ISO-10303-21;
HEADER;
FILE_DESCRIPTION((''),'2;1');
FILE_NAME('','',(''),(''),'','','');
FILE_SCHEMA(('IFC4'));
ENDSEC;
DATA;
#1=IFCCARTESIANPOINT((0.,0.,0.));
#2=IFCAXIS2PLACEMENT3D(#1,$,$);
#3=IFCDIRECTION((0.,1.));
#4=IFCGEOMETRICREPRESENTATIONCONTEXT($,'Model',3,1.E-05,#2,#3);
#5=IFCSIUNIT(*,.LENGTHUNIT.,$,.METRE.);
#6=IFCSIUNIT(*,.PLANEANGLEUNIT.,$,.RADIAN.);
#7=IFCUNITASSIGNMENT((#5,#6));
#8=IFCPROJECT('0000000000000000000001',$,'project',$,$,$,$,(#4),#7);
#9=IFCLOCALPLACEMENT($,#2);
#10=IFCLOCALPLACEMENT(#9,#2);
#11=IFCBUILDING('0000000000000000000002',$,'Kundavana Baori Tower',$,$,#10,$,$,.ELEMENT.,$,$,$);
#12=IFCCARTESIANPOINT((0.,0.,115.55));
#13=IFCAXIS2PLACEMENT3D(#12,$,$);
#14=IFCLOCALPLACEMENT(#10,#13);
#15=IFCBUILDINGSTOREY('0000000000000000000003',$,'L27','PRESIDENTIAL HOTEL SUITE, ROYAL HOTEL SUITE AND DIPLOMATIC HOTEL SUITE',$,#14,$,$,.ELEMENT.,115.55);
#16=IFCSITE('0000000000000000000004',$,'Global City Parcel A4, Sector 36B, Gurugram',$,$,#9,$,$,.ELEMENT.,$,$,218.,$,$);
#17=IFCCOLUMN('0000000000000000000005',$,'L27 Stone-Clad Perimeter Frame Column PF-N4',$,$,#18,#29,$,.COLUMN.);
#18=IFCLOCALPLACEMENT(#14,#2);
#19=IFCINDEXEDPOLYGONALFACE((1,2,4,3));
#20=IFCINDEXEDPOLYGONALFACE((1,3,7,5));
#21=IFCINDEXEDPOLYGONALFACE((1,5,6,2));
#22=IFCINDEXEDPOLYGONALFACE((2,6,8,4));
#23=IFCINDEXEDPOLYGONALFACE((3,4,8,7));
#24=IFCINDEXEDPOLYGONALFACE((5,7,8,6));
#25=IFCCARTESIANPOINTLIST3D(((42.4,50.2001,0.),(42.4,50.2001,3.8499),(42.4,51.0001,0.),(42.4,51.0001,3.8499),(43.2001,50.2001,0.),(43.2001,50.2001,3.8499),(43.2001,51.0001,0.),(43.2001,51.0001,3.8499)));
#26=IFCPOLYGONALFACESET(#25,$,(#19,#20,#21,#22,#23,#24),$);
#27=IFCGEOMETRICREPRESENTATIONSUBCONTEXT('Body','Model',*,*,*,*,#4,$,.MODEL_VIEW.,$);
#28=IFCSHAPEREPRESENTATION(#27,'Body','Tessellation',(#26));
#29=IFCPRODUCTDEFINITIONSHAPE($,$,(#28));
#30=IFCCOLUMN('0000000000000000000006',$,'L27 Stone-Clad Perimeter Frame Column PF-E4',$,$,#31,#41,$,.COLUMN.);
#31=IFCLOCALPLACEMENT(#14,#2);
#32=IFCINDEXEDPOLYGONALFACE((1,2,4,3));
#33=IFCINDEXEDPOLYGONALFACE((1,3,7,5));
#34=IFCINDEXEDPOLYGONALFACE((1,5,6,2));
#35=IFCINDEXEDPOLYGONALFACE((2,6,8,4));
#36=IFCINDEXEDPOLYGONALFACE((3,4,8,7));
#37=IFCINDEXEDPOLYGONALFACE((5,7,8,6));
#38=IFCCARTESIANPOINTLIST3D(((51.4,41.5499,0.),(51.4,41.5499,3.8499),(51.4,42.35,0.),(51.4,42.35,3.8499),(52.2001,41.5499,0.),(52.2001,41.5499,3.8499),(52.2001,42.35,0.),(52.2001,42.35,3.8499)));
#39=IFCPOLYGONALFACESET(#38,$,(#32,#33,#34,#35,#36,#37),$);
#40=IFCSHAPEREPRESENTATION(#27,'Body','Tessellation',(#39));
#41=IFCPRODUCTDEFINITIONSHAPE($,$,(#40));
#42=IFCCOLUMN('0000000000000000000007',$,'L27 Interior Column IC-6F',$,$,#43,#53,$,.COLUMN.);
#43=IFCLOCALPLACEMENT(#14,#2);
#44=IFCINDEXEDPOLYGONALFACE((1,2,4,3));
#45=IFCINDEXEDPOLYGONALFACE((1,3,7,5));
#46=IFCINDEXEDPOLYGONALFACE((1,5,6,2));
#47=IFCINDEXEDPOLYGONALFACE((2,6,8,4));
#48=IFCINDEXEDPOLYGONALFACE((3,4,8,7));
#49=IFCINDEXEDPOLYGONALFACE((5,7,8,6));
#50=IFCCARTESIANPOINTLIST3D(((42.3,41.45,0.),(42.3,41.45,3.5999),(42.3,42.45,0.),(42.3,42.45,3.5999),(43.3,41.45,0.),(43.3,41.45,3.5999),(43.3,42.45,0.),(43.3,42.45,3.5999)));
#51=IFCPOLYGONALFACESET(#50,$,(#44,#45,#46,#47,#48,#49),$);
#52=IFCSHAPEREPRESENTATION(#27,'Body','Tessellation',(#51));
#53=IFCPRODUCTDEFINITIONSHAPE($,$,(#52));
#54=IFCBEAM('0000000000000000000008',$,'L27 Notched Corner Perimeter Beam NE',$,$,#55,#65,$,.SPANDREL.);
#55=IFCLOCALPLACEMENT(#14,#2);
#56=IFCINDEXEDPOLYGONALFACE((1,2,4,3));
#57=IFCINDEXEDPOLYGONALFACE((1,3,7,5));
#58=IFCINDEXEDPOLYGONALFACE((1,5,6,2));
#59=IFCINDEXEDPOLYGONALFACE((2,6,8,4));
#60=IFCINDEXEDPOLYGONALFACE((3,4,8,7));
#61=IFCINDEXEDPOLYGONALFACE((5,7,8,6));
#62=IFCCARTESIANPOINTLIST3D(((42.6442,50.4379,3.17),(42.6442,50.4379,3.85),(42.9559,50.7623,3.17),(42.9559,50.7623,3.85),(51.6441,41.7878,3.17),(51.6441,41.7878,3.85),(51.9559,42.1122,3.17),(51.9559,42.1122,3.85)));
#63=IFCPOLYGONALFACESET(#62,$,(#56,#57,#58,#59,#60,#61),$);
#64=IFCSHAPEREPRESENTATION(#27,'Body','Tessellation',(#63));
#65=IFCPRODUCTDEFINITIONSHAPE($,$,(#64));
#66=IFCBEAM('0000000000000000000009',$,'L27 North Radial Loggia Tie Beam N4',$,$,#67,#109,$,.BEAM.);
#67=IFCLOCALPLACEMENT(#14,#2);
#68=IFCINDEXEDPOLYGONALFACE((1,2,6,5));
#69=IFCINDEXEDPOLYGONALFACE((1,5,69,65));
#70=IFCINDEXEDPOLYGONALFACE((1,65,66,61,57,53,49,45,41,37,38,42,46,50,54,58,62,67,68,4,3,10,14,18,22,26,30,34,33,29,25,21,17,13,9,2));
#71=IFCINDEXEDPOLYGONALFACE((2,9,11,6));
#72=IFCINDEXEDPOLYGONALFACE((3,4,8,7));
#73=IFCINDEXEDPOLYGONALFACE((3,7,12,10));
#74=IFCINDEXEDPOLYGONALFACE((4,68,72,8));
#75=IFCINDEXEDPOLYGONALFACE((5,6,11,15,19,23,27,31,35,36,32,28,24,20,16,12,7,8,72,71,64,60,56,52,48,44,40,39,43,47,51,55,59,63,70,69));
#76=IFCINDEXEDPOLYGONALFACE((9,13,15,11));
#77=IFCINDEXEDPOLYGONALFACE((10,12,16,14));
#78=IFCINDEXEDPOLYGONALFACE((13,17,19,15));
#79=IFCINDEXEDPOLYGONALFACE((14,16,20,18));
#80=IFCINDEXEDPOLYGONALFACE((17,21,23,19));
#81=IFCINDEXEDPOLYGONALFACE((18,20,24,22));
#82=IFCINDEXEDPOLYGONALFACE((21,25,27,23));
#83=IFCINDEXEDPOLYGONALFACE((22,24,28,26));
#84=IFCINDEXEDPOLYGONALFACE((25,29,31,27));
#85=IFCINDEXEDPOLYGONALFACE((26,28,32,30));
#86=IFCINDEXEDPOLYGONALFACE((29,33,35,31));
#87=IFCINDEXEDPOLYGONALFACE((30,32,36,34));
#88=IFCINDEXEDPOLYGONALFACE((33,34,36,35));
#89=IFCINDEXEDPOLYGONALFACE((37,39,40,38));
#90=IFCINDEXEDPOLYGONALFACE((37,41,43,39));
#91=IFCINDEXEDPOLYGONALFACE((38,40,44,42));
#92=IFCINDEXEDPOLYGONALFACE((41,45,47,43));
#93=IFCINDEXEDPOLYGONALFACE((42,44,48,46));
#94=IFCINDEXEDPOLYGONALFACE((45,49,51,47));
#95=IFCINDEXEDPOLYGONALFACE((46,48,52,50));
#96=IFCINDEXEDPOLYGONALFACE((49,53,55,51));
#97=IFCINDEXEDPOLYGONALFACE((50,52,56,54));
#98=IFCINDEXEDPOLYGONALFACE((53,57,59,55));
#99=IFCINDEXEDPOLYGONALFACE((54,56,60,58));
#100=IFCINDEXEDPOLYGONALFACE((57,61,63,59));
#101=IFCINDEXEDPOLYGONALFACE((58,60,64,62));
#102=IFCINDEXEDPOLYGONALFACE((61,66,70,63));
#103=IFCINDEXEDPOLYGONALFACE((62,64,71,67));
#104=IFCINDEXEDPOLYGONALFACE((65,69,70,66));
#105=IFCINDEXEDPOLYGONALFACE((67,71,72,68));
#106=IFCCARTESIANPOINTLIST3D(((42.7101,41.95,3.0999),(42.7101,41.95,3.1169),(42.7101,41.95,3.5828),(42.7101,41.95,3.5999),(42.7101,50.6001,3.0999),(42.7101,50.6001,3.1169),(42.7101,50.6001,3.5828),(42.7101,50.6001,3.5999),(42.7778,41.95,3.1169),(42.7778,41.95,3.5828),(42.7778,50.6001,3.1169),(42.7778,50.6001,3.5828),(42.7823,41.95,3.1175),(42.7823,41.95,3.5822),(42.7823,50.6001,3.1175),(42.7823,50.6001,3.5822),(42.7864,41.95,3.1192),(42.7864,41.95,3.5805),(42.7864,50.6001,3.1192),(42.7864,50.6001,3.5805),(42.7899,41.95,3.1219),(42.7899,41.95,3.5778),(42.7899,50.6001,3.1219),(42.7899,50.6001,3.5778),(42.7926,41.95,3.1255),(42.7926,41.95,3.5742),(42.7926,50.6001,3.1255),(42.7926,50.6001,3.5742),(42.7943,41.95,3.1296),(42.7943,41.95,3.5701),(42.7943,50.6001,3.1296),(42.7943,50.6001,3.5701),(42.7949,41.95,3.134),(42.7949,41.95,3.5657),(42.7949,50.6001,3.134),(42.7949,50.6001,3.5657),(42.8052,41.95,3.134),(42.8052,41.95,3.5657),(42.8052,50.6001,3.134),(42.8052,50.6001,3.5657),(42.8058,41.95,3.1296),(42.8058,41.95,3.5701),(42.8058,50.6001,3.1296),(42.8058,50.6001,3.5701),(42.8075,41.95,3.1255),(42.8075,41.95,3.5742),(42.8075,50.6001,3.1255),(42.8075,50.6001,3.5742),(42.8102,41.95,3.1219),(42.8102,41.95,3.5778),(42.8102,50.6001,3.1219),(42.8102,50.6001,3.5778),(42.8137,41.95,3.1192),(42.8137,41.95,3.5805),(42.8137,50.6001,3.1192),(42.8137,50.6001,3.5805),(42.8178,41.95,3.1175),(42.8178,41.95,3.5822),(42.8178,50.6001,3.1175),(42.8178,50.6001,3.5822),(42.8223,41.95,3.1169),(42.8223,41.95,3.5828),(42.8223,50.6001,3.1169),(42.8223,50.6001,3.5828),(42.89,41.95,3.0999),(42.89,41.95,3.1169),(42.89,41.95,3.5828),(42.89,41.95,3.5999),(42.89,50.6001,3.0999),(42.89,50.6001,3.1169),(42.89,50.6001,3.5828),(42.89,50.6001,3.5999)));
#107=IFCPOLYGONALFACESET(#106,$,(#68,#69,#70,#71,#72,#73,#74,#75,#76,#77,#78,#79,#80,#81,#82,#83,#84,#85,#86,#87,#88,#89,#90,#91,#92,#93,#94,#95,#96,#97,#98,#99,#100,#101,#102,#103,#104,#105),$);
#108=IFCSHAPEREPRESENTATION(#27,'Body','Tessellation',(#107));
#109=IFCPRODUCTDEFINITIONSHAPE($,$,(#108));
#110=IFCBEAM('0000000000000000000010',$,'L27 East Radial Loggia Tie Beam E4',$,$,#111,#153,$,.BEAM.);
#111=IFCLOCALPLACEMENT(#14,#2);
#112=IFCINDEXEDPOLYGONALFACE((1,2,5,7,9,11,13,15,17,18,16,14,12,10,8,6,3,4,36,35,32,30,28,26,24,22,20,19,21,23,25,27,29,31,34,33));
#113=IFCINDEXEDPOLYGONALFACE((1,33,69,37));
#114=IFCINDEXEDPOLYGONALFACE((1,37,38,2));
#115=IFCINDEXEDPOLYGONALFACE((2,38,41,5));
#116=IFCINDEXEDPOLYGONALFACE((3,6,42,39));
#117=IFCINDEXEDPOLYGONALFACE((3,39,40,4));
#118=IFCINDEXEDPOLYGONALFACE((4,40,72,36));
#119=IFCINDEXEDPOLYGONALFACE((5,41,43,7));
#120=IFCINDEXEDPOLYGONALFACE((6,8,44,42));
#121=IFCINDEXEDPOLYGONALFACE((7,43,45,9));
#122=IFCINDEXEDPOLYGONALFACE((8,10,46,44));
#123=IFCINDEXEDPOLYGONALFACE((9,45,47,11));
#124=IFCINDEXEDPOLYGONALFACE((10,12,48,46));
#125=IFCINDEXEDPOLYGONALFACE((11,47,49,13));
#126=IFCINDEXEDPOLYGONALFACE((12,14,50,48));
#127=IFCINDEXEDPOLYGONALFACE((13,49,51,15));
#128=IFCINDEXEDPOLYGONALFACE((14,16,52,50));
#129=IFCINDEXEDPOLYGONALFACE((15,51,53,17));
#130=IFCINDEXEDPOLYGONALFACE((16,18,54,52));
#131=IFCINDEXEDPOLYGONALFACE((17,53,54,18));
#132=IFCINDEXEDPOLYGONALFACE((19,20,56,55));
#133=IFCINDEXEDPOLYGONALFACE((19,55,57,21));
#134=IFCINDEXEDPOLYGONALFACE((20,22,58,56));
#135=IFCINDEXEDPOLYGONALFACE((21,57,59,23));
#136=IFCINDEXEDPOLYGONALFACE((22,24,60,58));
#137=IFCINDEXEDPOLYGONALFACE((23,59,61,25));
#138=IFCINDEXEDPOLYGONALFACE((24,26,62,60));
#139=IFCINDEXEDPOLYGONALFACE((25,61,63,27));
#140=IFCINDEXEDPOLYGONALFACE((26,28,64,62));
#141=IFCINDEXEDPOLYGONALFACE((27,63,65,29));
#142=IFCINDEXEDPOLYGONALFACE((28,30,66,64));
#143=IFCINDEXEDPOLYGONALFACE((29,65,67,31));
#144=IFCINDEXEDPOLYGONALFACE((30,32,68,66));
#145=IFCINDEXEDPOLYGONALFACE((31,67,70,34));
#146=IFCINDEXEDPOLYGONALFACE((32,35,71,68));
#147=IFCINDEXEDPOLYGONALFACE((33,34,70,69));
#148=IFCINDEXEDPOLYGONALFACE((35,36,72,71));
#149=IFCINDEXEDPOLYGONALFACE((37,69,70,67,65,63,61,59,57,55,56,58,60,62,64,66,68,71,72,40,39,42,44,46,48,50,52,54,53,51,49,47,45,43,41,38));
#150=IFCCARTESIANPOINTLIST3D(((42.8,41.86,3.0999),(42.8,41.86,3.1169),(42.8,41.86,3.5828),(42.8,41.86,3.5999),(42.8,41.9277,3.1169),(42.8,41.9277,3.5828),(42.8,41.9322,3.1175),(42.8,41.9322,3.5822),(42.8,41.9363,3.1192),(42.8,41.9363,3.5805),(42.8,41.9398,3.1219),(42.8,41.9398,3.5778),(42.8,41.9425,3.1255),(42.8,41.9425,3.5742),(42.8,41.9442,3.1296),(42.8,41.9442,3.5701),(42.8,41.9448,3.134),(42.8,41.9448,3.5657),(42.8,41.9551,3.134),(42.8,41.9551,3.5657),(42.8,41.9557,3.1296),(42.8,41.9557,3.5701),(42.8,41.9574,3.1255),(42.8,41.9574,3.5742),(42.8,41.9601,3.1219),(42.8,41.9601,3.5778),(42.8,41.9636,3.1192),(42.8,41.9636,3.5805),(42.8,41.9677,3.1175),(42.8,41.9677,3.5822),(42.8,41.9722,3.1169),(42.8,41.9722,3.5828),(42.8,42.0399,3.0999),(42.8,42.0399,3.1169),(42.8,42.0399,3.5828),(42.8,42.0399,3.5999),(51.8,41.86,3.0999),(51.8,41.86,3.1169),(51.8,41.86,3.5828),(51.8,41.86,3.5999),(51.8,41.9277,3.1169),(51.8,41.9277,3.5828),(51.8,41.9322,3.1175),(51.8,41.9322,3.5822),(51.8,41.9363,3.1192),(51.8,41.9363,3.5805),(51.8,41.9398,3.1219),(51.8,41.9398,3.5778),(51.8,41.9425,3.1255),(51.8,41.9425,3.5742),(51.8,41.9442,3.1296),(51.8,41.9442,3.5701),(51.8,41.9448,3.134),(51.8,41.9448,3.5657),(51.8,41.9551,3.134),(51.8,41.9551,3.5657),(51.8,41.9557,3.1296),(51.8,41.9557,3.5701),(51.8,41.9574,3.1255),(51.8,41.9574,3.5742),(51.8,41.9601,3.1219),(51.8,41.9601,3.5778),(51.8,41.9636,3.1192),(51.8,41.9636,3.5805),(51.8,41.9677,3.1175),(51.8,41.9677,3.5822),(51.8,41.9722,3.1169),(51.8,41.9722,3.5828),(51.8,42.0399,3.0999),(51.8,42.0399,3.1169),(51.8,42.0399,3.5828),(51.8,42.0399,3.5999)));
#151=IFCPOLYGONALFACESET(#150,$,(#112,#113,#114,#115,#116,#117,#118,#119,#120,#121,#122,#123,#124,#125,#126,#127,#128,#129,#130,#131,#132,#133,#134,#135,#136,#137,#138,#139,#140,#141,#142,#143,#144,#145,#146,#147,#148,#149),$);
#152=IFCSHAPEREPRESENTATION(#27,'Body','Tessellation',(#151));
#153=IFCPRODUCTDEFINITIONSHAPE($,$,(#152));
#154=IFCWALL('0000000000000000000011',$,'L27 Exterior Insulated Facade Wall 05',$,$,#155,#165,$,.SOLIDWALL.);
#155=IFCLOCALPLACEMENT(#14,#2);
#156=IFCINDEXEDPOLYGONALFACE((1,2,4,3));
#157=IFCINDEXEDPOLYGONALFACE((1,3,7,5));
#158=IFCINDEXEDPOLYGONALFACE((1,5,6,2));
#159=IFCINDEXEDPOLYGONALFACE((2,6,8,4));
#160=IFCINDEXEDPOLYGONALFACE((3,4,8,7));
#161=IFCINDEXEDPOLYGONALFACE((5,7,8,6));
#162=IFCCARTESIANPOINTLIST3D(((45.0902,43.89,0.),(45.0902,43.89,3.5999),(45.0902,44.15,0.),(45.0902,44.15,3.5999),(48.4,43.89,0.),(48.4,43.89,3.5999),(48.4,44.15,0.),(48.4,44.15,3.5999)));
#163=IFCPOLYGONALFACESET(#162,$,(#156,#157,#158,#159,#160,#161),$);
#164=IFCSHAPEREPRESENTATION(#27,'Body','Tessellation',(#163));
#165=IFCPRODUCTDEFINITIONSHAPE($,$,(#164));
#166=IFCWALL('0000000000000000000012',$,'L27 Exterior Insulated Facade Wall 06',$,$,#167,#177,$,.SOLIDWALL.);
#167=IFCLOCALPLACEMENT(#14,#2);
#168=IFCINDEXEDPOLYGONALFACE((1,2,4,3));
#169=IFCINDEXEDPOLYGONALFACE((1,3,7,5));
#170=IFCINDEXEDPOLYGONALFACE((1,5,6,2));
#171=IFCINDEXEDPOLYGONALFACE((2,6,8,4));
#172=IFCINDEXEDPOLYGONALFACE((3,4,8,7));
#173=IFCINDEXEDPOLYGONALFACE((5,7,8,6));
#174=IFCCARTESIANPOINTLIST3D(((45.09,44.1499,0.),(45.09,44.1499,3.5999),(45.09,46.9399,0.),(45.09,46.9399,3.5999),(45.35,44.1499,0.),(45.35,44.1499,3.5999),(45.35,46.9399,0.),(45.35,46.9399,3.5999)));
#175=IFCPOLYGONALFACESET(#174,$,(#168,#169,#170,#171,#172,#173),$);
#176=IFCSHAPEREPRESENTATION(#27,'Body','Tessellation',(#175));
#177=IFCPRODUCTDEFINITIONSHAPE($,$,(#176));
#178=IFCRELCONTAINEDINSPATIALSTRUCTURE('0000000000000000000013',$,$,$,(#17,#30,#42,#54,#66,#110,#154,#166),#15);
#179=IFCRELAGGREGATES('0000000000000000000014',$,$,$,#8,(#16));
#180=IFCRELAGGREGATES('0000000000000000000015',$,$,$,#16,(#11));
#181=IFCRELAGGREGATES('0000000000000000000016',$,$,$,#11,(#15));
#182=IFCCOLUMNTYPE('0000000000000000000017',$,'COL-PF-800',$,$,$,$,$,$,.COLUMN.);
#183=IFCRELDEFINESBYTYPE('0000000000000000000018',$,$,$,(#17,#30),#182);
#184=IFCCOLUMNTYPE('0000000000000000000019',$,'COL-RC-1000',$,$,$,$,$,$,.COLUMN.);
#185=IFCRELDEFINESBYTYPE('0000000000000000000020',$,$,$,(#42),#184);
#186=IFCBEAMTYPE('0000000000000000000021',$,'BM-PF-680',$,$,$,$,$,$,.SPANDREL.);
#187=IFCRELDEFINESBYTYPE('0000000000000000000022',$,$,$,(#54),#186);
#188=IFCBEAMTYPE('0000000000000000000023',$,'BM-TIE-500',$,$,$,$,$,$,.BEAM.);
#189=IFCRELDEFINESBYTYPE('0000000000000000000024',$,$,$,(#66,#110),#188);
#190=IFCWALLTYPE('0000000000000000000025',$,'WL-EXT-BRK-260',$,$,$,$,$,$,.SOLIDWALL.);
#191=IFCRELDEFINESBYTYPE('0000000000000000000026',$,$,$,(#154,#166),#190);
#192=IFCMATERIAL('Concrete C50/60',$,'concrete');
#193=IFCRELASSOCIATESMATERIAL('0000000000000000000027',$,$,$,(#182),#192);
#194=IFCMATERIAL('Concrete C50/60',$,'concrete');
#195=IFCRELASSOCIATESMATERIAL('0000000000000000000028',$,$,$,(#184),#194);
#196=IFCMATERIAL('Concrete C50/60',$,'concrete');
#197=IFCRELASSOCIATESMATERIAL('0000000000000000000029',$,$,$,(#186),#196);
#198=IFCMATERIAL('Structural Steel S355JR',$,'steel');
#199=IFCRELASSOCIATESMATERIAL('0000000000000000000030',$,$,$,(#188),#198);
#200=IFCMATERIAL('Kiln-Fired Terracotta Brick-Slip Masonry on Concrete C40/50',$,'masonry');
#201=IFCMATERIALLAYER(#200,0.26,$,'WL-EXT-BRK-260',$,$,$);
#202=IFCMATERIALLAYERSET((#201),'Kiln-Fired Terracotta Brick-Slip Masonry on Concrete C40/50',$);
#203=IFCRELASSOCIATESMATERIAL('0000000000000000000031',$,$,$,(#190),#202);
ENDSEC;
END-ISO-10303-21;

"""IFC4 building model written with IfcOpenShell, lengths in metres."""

from ifc_helpers import new_model, si_unit, direction, frame, frame_2d, origin, origin_2d, place, context, subcontext, project, spatial, rectangle, i_section, extrude, material, layer, layer_set, material_profile, profile_set, type_object, element, save


model = new_model("IFC4")

# Units and contexts
model_context = context("Model", 3, precision=1e-05, world=origin(), true_north=direction((0.0, 1.0)))
body_context = subcontext(model_context, "Body", "Model", "MODEL_VIEW")
ifc_project = project(units=[si_unit("LENGTHUNIT", "METRE"), si_unit("PLANEANGLEUNIT", "RADIAN")], contexts=[model_context])

# Site, building, storey
site_placement = place(None, origin())
site = spatial("IfcSite", under=ifc_project, at=site_placement, Name="Global City Parcel A4, Sector 36B, Gurugram", CompositionType="ELEMENT", RefElevation=218.0)
building_placement = place(site_placement, origin())
building = spatial("IfcBuilding", under=site, at=building_placement, Name="Kundavana Baori Tower", CompositionType="ELEMENT")
storey_placement = place(building_placement, frame((0.0, 0.0, 115.55)))
storey = spatial("IfcBuildingStorey", under=building, at=storey_placement, Name="L27", Description="PRESIDENTIAL HOTEL SUITE, ROYAL HOTEL SUITE AND DIPLOMATIC HOTEL SUITE", CompositionType="ELEMENT", Elevation=115.55)

# Columns
ifc_material_1 = material(Name="Concrete C50/60", Category="concrete")
ifc_material_profile_1 = material_profile(ifc_material_1, rectangle(XDim=0.8, YDim=0.8, at=origin_2d()), Name="RC PF 800x800")
ifc_profile_set_1 = profile_set([ifc_material_profile_1], Name="Concrete C50/60")
column_type_1 = type_object("IfcColumnType", Name="COL-PF-800", PredefinedType="COLUMN", material=ifc_profile_set_1)
for number, where, z_axis, x_axis, name in (
    (1, (42.8, 50.6001, 0.0), (0.0, 0.0, 1.0), (1.0, 0.0, 0.0), "L27 Stone-Clad Perimeter Frame Column PF-N4"),
    (2, (51.8, 41.95, 0.0), (0.0, 0.0, 1.0), (1.0, 0.0, 0.0), "L27 Stone-Clad Perimeter Frame Column PF-E4"),
):
    element("IfcColumn", number, at=place(storey_placement, frame(where, z_axis=z_axis, x_axis=x_axis)), inside=storey, type_object=column_type_1, Name=name, PredefinedType="COLUMN", context=body_context, shape_type="SweptSolid", body=[
        extrude(rectangle(XDim=0.8, YDim=0.8, at=origin_2d()), origin(), (0.0, 0.0, 1.0), 3.8499),
    ])
ifc_material_2 = material(Name="Concrete C50/60", Category="concrete")
ifc_material_profile_2 = material_profile(ifc_material_2, rectangle(XDim=1.0, YDim=1.0, at=origin_2d()), Name="RC 1000x1000")
ifc_profile_set_2 = profile_set([ifc_material_profile_2], Name="Concrete C50/60")
column_type_2 = type_object("IfcColumnType", Name="COL-RC-1000", PredefinedType="COLUMN", material=ifc_profile_set_2)
column_placement = place(storey_placement, frame((42.8, 41.95, 0.0), z_axis=(0.0, 0.0, 1.0), x_axis=(1.0, 0.0, 0.0)))
element("IfcColumn", 3, at=column_placement, inside=storey, type_object=column_type_2, Name="L27 Interior Column IC-6F", PredefinedType="COLUMN", context=body_context, shape_type="SweptSolid", body=[
    extrude(rectangle(XDim=1.0, YDim=1.0, at=origin_2d()), origin(), (0.0, 0.0, 1.0), 3.5999),
])

# Beams
ifc_material_3 = material(Name="Concrete C50/60", Category="concrete")
ifc_material_profile_3 = material_profile(ifc_material_3, rectangle(XDim=0.45, YDim=0.6799, at=origin_2d()), Name="RC BM 450x680")
ifc_profile_set_3 = profile_set([ifc_material_profile_3], Name="Concrete C50/60")
beam_type_1 = type_object("IfcBeamType", Name="BM-PF-680", PredefinedType="SPANDREL", material=ifc_profile_set_3)
beam_1_placement = place(storey_placement, frame((42.8, 50.6001, 3.51), z_axis=(0.720981, -0.692955, 0.0), x_axis=(0.692955, 0.720981, 0.0)))
element("IfcBeam", 4, at=beam_1_placement, inside=storey, type_object=beam_type_1, Name="L27 Notched Corner Perimeter Beam NE", PredefinedType="SPANDREL", context=body_context, shape_type="SweptSolid", body=[
    extrude(rectangle(XDim=0.45, YDim=0.6799, at=origin_2d()), origin(), (0.0, 0.0, 1.0), 12.4829),
])
ifc_material_4 = material(Name="Structural Steel S355JR", Category="steel")
ifc_material_profile_4 = material_profile(ifc_material_4, i_section(OverallWidth=0.1799, OverallDepth=0.5, WebThickness=0.0103, FlangeThickness=0.0171, FilletRadius=0.0171, at=origin_2d()), Name="ISMB 500")
ifc_profile_set_4 = profile_set([ifc_material_profile_4], Name="Structural Steel S355JR")
beam_type_2 = type_object("IfcBeamType", Name="BM-TIE-500", PredefinedType="BEAM", material=ifc_profile_set_4)
beam_2_placement = place(storey_placement, frame((42.8, 41.95, 3.3499), z_axis=(0.0, 1.0, 0.0), x_axis=(-1.0, 0.0, 0.0)))
element("IfcBeam", 5, at=beam_2_placement, inside=storey, type_object=beam_type_2, Name="L27 North Radial Loggia Tie Beam N4", PredefinedType="BEAM", context=body_context, shape_type="SweptSolid", body=[
    extrude(i_section(OverallWidth=0.1799, OverallDepth=0.5, WebThickness=0.0103, FlangeThickness=0.0171, FilletRadius=0.0171, at=origin_2d()), origin(), (0.0, 0.0, 1.0), 8.6501),
])
beam_3_placement = place(storey_placement, frame((42.8, 41.95, 3.3499), z_axis=(1.0, 0.0, 0.0), x_axis=(0.0, 1.0, 0.0)))
element("IfcBeam", 6, at=beam_3_placement, inside=storey, type_object=beam_type_2, Name="L27 East Radial Loggia Tie Beam E4", PredefinedType="BEAM", context=body_context, shape_type="SweptSolid", body=[
    extrude(i_section(OverallWidth=0.1799, OverallDepth=0.5, WebThickness=0.0103, FlangeThickness=0.0171, FilletRadius=0.0171, at=origin_2d()), origin(), (0.0, 0.0, 1.0), 9.0),
])

# Walls
ifc_material_5 = material(Name="Kiln-Fired Terracotta Brick-Slip Masonry on Concrete C40/50", Category="masonry")
ifc_layer_1 = layer(ifc_material_5, 0.26, Name="WL-EXT-BRK-260")
ifc_layer_set_1 = layer_set([ifc_layer_1], Name="Kiln-Fired Terracotta Brick-Slip Masonry on Concrete C40/50")
wall_type_1 = type_object("IfcWallType", Name="WL-EXT-BRK-260", PredefinedType="SOLIDWALL", material=ifc_layer_set_1)
wall_1_placement = place(storey_placement, frame((48.3999, 44.02, 0.0), z_axis=(0.0, 0.0, 1.0), x_axis=(-1.0, 0.0, 0.0)))
element("IfcWall", 7, at=wall_1_placement, inside=storey, type_object=wall_type_1, Name="L27 Exterior Insulated Facade Wall 05", PredefinedType="SOLIDWALL", context=body_context, shape_type="SweptSolid", body=[
    extrude(rectangle(XDim=3.3098, YDim=0.26, at=frame_2d((1.6548, 0.0))), origin(), (0.0, 0.0, 1.0), 3.5999),
])
wall_2_placement = place(storey_placement, frame((45.22, 44.1499, 0.0), z_axis=(0.0, 0.0, 1.0), x_axis=(0.0, 1.0, 0.0)))
element("IfcWall", 8, at=wall_2_placement, inside=storey, type_object=wall_type_1, Name="L27 Exterior Insulated Facade Wall 06", PredefinedType="SOLIDWALL", context=body_context, shape_type="SweptSolid", body=[
    extrude(rectangle(XDim=2.79, YDim=0.26, at=frame_2d((1.395, 0.0))), origin(), (0.0, 0.0, 1.0), 3.5999),
])

save(model, "model.ifc")
